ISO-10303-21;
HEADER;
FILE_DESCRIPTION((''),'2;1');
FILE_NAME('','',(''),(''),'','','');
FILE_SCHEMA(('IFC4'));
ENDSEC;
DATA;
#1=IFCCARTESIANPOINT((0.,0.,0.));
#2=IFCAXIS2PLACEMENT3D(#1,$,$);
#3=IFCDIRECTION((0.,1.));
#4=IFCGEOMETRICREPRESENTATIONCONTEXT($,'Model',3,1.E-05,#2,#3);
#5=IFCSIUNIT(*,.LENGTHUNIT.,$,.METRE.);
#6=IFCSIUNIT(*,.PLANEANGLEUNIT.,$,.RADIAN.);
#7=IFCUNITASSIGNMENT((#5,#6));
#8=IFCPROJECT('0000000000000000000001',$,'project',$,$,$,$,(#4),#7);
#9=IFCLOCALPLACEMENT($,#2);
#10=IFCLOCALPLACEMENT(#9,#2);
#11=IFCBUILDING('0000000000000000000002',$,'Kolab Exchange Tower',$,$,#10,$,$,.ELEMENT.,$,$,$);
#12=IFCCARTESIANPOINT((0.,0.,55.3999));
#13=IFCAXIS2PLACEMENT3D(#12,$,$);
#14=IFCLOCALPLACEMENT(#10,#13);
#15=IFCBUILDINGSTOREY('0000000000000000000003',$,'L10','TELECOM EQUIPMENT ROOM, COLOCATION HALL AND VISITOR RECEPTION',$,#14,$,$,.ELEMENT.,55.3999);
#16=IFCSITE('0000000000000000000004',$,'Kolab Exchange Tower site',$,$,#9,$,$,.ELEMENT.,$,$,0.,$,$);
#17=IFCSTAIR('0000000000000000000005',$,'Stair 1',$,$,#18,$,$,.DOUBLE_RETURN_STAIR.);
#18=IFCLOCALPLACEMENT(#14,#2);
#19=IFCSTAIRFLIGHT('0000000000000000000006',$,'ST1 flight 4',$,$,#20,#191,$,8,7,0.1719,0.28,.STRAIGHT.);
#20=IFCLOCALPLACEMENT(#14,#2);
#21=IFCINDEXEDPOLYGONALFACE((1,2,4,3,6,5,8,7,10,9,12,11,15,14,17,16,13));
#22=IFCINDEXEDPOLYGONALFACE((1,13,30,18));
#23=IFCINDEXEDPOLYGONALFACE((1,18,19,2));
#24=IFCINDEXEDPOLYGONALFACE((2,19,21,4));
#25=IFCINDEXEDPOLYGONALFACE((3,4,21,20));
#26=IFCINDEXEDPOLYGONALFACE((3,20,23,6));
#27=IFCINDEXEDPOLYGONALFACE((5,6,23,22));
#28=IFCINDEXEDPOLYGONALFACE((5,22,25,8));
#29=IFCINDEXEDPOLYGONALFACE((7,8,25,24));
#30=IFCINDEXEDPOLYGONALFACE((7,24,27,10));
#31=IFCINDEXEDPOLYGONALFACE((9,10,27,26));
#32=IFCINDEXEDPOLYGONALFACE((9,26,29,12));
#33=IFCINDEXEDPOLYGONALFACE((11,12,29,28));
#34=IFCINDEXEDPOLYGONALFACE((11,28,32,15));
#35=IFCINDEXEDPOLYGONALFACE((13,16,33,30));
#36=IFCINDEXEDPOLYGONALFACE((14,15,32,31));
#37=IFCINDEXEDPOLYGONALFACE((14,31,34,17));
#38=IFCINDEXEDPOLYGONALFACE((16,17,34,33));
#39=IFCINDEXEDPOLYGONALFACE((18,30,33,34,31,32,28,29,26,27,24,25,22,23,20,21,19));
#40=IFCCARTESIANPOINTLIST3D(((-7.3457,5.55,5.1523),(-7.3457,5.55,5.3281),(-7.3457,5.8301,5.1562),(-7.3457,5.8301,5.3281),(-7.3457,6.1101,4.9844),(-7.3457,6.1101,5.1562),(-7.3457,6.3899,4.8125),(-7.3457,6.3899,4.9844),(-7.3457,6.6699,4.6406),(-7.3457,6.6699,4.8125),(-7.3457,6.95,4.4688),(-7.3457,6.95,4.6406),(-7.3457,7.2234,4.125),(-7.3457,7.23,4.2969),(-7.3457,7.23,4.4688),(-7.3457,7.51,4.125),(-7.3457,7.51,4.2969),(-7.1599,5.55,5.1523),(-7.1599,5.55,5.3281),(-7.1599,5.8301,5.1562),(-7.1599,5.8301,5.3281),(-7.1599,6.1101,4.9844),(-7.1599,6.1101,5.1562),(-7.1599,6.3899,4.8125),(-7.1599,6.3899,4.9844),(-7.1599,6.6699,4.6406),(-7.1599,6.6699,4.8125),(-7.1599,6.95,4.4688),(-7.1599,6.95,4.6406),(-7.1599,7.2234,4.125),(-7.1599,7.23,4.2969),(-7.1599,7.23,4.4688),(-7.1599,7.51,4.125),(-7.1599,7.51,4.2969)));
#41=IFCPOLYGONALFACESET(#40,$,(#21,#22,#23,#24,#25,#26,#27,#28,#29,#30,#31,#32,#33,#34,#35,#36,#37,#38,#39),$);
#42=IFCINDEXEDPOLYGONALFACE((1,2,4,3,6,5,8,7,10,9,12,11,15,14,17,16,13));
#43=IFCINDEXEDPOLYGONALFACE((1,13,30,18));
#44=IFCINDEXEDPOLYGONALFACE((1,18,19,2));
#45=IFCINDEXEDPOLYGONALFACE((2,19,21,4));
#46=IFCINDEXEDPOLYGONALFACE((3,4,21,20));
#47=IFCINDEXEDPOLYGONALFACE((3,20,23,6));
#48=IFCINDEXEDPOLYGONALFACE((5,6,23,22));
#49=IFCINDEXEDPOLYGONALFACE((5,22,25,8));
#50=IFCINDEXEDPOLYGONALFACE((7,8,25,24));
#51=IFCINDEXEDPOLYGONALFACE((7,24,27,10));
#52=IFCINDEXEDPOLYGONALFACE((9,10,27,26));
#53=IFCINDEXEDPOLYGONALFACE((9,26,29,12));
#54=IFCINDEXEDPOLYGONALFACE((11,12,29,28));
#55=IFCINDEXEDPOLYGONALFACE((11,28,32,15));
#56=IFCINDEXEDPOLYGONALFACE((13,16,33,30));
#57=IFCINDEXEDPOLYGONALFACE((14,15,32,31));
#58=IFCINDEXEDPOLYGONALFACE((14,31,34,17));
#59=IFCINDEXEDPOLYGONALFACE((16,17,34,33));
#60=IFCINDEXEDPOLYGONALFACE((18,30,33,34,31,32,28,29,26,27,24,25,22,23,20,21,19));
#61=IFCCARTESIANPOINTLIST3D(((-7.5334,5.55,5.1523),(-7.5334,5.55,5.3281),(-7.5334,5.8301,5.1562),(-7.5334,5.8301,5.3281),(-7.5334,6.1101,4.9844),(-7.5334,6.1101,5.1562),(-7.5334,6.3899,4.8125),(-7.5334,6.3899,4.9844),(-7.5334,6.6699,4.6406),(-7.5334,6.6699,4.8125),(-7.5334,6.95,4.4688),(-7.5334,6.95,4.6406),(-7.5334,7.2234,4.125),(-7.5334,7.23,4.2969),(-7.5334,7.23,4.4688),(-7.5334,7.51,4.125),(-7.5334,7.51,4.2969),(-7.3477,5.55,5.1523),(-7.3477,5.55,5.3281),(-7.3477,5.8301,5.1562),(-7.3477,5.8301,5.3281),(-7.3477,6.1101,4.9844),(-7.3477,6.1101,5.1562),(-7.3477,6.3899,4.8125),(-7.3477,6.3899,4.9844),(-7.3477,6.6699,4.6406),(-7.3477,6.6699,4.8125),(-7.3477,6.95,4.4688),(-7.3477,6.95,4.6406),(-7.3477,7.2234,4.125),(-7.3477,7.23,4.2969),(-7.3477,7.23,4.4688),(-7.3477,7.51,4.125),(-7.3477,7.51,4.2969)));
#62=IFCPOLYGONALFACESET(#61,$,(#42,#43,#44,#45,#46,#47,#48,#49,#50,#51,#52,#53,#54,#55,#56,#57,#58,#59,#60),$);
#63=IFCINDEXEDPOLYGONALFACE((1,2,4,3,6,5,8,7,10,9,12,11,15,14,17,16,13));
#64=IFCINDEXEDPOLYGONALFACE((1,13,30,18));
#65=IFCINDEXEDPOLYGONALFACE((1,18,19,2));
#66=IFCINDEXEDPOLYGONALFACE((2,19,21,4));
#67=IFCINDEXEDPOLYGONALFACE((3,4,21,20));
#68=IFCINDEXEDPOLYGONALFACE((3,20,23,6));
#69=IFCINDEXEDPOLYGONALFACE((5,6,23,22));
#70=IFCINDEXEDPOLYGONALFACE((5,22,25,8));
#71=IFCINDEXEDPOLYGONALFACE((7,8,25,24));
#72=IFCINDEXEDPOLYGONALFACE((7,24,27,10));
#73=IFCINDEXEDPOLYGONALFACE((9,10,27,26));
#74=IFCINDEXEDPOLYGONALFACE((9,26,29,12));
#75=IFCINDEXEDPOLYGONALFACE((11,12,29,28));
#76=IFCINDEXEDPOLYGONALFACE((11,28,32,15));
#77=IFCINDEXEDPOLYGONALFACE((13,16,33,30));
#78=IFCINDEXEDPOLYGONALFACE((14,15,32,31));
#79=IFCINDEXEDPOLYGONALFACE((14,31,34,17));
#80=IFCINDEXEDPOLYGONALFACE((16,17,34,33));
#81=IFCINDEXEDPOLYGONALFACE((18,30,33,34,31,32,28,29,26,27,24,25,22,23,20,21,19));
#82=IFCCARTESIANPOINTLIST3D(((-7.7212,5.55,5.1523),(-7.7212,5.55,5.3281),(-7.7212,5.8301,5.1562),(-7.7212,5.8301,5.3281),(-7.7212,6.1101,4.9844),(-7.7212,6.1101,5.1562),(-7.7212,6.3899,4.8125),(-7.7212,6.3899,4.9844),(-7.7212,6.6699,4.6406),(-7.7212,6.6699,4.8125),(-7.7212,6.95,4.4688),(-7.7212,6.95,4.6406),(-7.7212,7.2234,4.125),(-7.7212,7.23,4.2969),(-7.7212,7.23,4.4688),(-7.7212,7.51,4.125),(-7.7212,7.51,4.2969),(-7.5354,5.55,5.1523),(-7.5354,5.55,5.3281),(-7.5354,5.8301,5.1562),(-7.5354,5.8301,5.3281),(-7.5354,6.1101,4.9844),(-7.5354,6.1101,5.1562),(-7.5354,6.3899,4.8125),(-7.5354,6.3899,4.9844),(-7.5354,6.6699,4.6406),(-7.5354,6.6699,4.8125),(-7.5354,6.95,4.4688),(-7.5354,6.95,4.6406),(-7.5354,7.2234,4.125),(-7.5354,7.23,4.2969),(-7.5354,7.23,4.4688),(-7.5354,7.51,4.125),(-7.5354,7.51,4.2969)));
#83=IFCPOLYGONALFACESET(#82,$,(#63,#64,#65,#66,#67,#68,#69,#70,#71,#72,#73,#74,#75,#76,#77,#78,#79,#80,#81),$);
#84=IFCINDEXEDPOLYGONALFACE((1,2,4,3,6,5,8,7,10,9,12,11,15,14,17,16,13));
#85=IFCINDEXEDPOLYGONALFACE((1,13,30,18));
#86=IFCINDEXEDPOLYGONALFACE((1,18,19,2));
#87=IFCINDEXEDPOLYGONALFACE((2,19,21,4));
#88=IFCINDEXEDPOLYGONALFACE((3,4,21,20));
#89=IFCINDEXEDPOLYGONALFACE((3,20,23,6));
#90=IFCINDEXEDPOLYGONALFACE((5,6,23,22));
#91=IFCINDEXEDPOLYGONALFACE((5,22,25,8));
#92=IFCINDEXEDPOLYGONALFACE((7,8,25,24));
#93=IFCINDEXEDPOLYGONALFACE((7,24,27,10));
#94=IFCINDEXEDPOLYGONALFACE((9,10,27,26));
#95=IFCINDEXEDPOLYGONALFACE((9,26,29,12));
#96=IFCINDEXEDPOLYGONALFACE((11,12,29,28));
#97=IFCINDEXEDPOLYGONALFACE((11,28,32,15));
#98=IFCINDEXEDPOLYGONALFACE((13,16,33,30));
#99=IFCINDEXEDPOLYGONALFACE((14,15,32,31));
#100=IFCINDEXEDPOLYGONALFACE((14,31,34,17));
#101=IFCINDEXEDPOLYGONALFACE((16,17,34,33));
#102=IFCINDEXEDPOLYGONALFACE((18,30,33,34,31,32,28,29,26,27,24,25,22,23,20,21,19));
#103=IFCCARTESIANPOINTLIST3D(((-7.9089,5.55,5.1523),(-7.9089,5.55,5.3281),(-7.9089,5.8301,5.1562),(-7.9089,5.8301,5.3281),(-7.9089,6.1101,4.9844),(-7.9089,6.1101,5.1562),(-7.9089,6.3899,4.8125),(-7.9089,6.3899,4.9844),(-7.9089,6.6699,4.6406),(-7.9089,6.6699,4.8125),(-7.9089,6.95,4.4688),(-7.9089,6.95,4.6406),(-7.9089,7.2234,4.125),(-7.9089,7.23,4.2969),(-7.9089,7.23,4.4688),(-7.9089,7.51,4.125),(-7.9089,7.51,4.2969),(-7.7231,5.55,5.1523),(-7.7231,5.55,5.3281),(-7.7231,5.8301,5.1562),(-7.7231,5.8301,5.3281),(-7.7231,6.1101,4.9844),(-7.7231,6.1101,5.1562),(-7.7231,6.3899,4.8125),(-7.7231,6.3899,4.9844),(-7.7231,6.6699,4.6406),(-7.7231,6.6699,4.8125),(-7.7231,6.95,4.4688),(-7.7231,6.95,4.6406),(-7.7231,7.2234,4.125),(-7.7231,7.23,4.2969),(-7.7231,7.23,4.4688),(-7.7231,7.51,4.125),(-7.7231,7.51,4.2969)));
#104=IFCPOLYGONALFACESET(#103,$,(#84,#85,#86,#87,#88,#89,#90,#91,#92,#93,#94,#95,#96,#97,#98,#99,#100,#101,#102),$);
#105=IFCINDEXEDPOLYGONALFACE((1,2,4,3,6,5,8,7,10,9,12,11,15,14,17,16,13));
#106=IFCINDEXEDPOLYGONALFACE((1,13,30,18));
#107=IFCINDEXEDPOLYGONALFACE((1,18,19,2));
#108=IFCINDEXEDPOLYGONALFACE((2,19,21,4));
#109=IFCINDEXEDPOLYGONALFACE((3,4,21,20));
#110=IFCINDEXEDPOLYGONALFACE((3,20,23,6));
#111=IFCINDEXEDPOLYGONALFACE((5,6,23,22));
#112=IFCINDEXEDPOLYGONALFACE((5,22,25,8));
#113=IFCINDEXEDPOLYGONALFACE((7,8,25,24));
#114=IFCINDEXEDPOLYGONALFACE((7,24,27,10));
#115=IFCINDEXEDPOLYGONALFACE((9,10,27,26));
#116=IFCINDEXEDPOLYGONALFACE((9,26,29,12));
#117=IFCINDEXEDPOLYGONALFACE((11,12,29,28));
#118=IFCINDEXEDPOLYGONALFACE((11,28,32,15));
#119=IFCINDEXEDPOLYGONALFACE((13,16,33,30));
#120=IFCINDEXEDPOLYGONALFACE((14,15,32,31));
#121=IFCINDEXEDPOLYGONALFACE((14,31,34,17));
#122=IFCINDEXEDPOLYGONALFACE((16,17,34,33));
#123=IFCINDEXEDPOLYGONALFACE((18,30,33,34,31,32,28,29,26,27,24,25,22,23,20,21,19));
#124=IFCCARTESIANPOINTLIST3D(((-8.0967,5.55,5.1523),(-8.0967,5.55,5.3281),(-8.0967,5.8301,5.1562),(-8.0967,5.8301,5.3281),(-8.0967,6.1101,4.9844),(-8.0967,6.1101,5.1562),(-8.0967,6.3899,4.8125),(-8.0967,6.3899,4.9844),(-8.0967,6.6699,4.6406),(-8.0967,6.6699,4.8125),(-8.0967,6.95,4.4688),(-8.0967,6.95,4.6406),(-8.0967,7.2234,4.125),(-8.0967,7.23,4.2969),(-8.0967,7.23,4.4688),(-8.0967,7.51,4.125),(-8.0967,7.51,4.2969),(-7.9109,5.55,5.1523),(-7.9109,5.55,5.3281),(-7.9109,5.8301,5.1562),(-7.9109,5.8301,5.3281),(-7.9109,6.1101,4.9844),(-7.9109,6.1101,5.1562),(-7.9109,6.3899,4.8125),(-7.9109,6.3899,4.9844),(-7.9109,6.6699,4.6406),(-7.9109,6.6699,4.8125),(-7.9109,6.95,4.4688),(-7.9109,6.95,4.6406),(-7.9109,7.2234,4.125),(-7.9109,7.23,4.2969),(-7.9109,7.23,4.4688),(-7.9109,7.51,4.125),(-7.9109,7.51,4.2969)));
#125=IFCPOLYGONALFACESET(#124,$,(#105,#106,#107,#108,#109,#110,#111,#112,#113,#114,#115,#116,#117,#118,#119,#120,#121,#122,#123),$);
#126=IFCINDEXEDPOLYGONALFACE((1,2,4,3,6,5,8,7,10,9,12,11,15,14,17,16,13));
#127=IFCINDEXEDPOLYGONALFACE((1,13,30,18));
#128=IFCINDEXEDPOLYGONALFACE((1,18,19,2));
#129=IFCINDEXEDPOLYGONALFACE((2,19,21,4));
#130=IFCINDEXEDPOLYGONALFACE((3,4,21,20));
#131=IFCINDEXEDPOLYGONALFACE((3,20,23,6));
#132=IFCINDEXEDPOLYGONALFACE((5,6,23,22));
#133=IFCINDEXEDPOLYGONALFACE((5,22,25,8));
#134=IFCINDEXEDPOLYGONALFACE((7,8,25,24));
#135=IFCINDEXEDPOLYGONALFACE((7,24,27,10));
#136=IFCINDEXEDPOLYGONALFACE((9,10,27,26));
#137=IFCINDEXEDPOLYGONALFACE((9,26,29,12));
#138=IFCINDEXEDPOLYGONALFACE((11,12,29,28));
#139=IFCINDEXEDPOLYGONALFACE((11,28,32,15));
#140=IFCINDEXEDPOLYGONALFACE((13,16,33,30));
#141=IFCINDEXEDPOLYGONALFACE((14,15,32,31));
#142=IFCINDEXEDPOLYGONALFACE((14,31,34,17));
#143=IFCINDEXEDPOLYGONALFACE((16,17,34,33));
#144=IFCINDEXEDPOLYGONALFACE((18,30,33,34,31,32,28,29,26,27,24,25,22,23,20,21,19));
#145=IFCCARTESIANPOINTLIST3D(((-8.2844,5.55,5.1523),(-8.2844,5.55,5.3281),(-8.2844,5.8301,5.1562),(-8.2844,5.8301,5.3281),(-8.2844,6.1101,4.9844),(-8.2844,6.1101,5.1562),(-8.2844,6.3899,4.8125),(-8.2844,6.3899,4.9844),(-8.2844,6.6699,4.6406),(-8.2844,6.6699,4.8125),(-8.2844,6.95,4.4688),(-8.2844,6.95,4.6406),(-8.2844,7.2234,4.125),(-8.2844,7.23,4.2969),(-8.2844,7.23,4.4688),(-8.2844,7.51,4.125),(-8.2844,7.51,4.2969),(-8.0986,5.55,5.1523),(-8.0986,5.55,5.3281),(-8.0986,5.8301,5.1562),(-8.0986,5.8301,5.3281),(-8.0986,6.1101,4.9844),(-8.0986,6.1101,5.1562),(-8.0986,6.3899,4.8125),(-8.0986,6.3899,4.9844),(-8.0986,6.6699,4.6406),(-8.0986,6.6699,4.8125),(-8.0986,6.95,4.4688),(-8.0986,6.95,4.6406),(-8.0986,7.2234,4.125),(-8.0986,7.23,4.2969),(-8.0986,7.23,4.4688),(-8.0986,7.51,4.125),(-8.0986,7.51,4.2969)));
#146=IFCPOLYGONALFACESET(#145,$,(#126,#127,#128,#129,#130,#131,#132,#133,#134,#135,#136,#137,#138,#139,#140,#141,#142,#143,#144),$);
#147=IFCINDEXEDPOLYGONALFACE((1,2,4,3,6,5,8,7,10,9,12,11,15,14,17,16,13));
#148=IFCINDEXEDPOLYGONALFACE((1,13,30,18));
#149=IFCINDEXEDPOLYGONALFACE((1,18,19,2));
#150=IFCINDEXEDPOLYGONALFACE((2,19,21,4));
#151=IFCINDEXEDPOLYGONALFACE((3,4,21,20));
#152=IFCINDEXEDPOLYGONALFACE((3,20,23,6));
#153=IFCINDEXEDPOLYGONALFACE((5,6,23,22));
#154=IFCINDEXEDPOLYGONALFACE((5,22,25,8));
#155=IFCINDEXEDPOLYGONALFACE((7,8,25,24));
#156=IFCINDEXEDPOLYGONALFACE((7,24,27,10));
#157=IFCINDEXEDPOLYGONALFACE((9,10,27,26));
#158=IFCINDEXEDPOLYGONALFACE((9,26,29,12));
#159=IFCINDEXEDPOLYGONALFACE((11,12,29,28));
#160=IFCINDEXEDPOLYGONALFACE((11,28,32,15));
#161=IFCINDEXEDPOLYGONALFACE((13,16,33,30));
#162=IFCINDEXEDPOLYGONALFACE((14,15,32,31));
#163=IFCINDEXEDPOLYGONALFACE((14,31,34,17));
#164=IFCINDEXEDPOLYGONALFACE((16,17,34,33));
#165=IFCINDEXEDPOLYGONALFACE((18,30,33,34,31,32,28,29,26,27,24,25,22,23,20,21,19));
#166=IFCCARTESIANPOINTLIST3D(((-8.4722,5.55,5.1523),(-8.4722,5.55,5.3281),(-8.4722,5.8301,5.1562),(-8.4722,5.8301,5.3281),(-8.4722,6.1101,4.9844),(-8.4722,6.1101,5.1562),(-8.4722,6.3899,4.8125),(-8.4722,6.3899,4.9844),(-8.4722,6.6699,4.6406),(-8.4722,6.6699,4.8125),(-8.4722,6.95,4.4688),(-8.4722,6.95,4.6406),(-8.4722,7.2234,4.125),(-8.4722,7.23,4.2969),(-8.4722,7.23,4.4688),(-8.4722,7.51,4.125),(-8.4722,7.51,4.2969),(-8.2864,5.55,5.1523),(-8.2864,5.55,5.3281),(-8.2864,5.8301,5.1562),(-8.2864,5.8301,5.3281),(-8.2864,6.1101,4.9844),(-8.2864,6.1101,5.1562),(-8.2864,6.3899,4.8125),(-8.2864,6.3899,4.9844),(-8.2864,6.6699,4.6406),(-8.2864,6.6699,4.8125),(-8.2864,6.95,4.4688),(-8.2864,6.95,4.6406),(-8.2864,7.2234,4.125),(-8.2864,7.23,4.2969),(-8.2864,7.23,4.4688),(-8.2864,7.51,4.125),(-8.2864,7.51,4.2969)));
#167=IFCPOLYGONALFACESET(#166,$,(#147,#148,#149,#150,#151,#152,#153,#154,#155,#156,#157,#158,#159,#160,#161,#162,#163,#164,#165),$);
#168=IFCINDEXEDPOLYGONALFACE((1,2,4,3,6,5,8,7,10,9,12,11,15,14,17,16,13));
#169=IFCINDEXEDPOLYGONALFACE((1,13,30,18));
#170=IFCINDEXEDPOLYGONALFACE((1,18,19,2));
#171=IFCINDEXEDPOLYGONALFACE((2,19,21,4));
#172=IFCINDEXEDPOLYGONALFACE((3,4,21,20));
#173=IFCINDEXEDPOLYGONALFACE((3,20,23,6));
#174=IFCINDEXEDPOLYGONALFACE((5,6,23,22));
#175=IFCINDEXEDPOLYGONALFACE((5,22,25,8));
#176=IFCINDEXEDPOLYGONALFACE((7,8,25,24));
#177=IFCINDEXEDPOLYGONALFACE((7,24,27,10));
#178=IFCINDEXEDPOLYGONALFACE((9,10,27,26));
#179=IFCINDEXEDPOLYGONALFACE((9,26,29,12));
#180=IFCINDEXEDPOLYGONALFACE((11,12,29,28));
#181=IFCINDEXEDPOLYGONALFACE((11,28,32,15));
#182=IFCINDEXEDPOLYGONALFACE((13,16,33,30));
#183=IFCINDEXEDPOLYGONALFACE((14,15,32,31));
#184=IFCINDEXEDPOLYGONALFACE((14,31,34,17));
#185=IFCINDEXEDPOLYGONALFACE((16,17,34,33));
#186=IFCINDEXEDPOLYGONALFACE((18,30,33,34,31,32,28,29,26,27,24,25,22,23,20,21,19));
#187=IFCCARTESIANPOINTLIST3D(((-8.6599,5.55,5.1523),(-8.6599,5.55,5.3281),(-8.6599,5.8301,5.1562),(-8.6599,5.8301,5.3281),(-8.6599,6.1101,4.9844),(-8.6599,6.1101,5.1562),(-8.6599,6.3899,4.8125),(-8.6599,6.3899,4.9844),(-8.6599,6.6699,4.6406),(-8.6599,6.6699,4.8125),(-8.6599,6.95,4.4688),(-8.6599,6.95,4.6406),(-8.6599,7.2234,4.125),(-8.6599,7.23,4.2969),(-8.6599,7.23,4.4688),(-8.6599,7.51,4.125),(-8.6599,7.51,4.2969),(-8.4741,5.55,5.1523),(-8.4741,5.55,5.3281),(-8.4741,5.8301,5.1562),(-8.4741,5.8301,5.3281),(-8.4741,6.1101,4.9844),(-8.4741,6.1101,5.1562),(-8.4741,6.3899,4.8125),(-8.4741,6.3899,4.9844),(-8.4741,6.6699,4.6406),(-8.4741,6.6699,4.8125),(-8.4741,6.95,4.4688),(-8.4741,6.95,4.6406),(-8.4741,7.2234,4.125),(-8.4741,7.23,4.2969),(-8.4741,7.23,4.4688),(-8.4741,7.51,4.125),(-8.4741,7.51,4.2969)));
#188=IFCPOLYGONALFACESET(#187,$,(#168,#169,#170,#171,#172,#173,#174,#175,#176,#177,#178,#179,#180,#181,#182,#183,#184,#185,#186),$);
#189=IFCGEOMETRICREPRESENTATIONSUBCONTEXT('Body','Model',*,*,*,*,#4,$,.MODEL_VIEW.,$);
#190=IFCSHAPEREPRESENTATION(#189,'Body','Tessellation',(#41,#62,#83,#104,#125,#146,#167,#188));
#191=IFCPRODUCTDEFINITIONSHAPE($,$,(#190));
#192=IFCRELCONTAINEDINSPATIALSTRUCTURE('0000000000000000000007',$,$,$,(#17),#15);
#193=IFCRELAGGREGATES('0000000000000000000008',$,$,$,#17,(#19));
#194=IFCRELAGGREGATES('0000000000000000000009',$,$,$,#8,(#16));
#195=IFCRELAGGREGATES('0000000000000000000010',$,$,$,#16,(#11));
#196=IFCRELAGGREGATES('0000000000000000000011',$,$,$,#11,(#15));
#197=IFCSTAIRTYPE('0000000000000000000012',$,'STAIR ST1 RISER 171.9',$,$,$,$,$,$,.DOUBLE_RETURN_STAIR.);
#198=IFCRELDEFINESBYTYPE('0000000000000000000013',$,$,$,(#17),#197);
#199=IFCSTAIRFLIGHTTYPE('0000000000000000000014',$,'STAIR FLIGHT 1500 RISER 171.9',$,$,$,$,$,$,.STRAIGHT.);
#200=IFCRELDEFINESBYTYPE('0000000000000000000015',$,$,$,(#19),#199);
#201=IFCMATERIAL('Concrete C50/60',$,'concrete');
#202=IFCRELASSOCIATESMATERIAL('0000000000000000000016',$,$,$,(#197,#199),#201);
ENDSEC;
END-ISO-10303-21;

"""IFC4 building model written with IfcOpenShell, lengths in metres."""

from ifc_helpers import new_model, si_unit, direction, frame, origin, place, context, subcontext, project, spatial, polyline, outline, extrude, material, type_object, element, aggregate, save


model = new_model("IFC4")

# Units and contexts
model_context = context("Model", 3, precision=1e-05, world=origin(), true_north=direction((0.0, 1.0)))
body_context = subcontext(model_context, "Body", "Model", "MODEL_VIEW")
ifc_project = project(units=[si_unit("LENGTHUNIT", "METRE"), si_unit("PLANEANGLEUNIT", "RADIAN")], contexts=[model_context])

# Site, building, storey
site_placement = place(None, origin())
site = spatial("IfcSite", under=ifc_project, at=site_placement, Name="Kolab Exchange Tower site", CompositionType="ELEMENT", RefElevation=0.0)
building_placement = place(site_placement, origin())
building = spatial("IfcBuilding", under=site, at=building_placement, Name="Kolab Exchange Tower", CompositionType="ELEMENT")
storey_placement = place(building_placement, frame((0.0, 0.0, 55.3999)))
storey = spatial("IfcBuildingStorey", under=building, at=storey_placement, Name="L10", Description="TELECOM EQUIPMENT ROOM, COLOCATION HALL AND VISITOR RECEPTION", CompositionType="ELEMENT", Elevation=55.3999)

# Shared definitions
ifc_material_1 = material(Name="Concrete C50/60", Category="concrete")

# Stair, stair flight
stair_type = type_object("IfcStairType", Name="STAIR ST1 RISER 171.9", PredefinedType="DOUBLE_RETURN_STAIR", material=ifc_material_1)
stair_placement = place(storey_placement, origin())
stair = element("IfcStair", 1, at=stair_placement, inside=storey, type_object=stair_type, Name="Stair 1", PredefinedType="DOUBLE_RETURN_STAIR")
stair_flight_type = type_object("IfcStairFlightType", Name="STAIR FLIGHT 1500 RISER 171.9", PredefinedType="STRAIGHT", material=ifc_material_1)
stair_flight_1_placement = place(storey_placement, frame((-7.9099, 7.51, 4.125), z_axis=(0.0, 0.0, 1.0), x_axis=(0.0, -1.0, 0.0)))
stair_flight_1 = element("IfcStairFlight", 2, at=stair_flight_1_placement, type_object=stair_flight_type, Name="ST1 flight 4", NumberOfRisers=8, NumberOfTreads=7, PredefinedType="STRAIGHT", RiserHeight=0.1719, TreadLength=0.28, context=body_context, shape_type="SweptSolid", body=[
    extrude(outline(polyline([(0.0, 0.0), (0.0, 0.1719), (0.28, 0.1719), (0.28, 0.3438), (0.5601, 0.3438), (0.5601, 0.5156), (0.8401, 0.5156), (0.8401, 0.6875), (1.1201, 0.6875), (1.1201, 0.8594), (1.3999, 0.8594), (1.3999, 1.0312), (1.6799, 1.0312), (1.6799, 1.2031), (1.96, 1.2031), (1.96, 1.375), (1.96, 1.0273), (0.2866, 0.0), (0.0, 0.0)])), frame((0.0, 0.75, 0.0), z_axis=(0.0, -1.0, 0.0), x_axis=(1.0, 0.0, 0.0)), (0.0, 0.0, 1.0), 0.1858),
    extrude(outline(polyline([(0.0, 0.0), (0.0, 0.1719), (0.28, 0.1719), (0.28, 0.3438), (0.5601, 0.3438), (0.5601, 0.5156), (0.8401, 0.5156), (0.8401, 0.6875), (1.1201, 0.6875), (1.1201, 0.8594), (1.3999, 0.8594), (1.3999, 1.0312), (1.6799, 1.0312), (1.6799, 1.2031), (1.96, 1.2031), (1.96, 1.375), (1.96, 1.0273), (0.2866, 0.0), (0.0, 0.0)])), frame((0.0, 0.5623, 0.0), z_axis=(0.0, -1.0, 0.0), x_axis=(1.0, 0.0, 0.0)), (0.0, 0.0, 1.0), 0.1858),
    extrude(outline(polyline([(0.0, 0.0), (0.0, 0.1719), (0.28, 0.1719), (0.28, 0.3438), (0.5601, 0.3438), (0.5601, 0.5156), (0.8401, 0.5156), (0.8401, 0.6875), (1.1201, 0.6875), (1.1201, 0.8594), (1.3999, 0.8594), (1.3999, 1.0312), (1.6799, 1.0312), (1.6799, 1.2031), (1.96, 1.2031), (1.96, 1.375), (1.96, 1.0273), (0.2866, 0.0), (0.0, 0.0)])), frame((0.0, 0.3745, 0.0), z_axis=(0.0, -1.0, 0.0), x_axis=(1.0, 0.0, 0.0)), (0.0, 0.0, 1.0), 0.1858),
    extrude(outline(polyline([(0.0, 0.0), (0.0, 0.1719), (0.28, 0.1719), (0.28, 0.3438), (0.5601, 0.3438), (0.5601, 0.5156), (0.8401, 0.5156), (0.8401, 0.6875), (1.1201, 0.6875), (1.1201, 0.8594), (1.3999, 0.8594), (1.3999, 1.0312), (1.6799, 1.0312), (1.6799, 1.2031), (1.96, 1.2031), (1.96, 1.375), (1.96, 1.0273), (0.2866, 0.0), (0.0, 0.0)])), frame((0.0, 0.1868, 0.0), z_axis=(0.0, -1.0, 0.0), x_axis=(1.0, 0.0, 0.0)), (0.0, 0.0, 1.0), 0.1858),
    extrude(outline(polyline([(0.0, 0.0), (0.0, 0.1719), (0.28, 0.1719), (0.28, 0.3438), (0.5601, 0.3438), (0.5601, 0.5156), (0.8401, 0.5156), (0.8401, 0.6875), (1.1201, 0.6875), (1.1201, 0.8594), (1.3999, 0.8594), (1.3999, 1.0312), (1.6799, 1.0312), (1.6799, 1.2031), (1.96, 1.2031), (1.96, 1.375), (1.96, 1.0273), (0.2866, 0.0), (0.0, 0.0)])), frame((0.0, -0.001, 0.0), z_axis=(0.0, -1.0, 0.0), x_axis=(1.0, 0.0, 0.0)), (0.0, 0.0, 1.0), 0.1858),
    extrude(outline(polyline([(0.0, 0.0), (0.0, 0.1719), (0.28, 0.1719), (0.28, 0.3438), (0.5601, 0.3438), (0.5601, 0.5156), (0.8401, 0.5156), (0.8401, 0.6875), (1.1201, 0.6875), (1.1201, 0.8594), (1.3999, 0.8594), (1.3999, 1.0312), (1.6799, 1.0312), (1.6799, 1.2031), (1.96, 1.2031), (1.96, 1.375), (1.96, 1.0273), (0.2866, 0.0), (0.0, 0.0)])), frame((0.0, -0.1887, 0.0), z_axis=(0.0, -1.0, 0.0), x_axis=(1.0, 0.0, 0.0)), (0.0, 0.0, 1.0), 0.1858),
    extrude(outline(polyline([(0.0, 0.0), (0.0, 0.1719), (0.28, 0.1719), (0.28, 0.3438), (0.5601, 0.3438), (0.5601, 0.5156), (0.8401, 0.5156), (0.8401, 0.6875), (1.1201, 0.6875), (1.1201, 0.8594), (1.3999, 0.8594), (1.3999, 1.0312), (1.6799, 1.0312), (1.6799, 1.2031), (1.96, 1.2031), (1.96, 1.375), (1.96, 1.0273), (0.2866, 0.0), (0.0, 0.0)])), frame((0.0, -0.3765, 0.0), z_axis=(0.0, -1.0, 0.0), x_axis=(1.0, 0.0, 0.0)), (0.0, 0.0, 1.0), 0.1858),
    extrude(outline(polyline([(0.0, 0.0), (0.0, 0.1719), (0.28, 0.1719), (0.28, 0.3438), (0.5601, 0.3438), (0.5601, 0.5156), (0.8401, 0.5156), (0.8401, 0.6875), (1.1201, 0.6875), (1.1201, 0.8594), (1.3999, 0.8594), (1.3999, 1.0312), (1.6799, 1.0312), (1.6799, 1.2031), (1.96, 1.2031), (1.96, 1.375), (1.96, 1.0273), (0.2866, 0.0), (0.0, 0.0)])), frame((0.0, -0.5642, 0.0), z_axis=(0.0, -1.0, 0.0), x_axis=(1.0, 0.0, 0.0)), (0.0, 0.0, 1.0), 0.1858),
])
aggregate(stair, [stair_flight_1])

save(model, "model.ifc")
